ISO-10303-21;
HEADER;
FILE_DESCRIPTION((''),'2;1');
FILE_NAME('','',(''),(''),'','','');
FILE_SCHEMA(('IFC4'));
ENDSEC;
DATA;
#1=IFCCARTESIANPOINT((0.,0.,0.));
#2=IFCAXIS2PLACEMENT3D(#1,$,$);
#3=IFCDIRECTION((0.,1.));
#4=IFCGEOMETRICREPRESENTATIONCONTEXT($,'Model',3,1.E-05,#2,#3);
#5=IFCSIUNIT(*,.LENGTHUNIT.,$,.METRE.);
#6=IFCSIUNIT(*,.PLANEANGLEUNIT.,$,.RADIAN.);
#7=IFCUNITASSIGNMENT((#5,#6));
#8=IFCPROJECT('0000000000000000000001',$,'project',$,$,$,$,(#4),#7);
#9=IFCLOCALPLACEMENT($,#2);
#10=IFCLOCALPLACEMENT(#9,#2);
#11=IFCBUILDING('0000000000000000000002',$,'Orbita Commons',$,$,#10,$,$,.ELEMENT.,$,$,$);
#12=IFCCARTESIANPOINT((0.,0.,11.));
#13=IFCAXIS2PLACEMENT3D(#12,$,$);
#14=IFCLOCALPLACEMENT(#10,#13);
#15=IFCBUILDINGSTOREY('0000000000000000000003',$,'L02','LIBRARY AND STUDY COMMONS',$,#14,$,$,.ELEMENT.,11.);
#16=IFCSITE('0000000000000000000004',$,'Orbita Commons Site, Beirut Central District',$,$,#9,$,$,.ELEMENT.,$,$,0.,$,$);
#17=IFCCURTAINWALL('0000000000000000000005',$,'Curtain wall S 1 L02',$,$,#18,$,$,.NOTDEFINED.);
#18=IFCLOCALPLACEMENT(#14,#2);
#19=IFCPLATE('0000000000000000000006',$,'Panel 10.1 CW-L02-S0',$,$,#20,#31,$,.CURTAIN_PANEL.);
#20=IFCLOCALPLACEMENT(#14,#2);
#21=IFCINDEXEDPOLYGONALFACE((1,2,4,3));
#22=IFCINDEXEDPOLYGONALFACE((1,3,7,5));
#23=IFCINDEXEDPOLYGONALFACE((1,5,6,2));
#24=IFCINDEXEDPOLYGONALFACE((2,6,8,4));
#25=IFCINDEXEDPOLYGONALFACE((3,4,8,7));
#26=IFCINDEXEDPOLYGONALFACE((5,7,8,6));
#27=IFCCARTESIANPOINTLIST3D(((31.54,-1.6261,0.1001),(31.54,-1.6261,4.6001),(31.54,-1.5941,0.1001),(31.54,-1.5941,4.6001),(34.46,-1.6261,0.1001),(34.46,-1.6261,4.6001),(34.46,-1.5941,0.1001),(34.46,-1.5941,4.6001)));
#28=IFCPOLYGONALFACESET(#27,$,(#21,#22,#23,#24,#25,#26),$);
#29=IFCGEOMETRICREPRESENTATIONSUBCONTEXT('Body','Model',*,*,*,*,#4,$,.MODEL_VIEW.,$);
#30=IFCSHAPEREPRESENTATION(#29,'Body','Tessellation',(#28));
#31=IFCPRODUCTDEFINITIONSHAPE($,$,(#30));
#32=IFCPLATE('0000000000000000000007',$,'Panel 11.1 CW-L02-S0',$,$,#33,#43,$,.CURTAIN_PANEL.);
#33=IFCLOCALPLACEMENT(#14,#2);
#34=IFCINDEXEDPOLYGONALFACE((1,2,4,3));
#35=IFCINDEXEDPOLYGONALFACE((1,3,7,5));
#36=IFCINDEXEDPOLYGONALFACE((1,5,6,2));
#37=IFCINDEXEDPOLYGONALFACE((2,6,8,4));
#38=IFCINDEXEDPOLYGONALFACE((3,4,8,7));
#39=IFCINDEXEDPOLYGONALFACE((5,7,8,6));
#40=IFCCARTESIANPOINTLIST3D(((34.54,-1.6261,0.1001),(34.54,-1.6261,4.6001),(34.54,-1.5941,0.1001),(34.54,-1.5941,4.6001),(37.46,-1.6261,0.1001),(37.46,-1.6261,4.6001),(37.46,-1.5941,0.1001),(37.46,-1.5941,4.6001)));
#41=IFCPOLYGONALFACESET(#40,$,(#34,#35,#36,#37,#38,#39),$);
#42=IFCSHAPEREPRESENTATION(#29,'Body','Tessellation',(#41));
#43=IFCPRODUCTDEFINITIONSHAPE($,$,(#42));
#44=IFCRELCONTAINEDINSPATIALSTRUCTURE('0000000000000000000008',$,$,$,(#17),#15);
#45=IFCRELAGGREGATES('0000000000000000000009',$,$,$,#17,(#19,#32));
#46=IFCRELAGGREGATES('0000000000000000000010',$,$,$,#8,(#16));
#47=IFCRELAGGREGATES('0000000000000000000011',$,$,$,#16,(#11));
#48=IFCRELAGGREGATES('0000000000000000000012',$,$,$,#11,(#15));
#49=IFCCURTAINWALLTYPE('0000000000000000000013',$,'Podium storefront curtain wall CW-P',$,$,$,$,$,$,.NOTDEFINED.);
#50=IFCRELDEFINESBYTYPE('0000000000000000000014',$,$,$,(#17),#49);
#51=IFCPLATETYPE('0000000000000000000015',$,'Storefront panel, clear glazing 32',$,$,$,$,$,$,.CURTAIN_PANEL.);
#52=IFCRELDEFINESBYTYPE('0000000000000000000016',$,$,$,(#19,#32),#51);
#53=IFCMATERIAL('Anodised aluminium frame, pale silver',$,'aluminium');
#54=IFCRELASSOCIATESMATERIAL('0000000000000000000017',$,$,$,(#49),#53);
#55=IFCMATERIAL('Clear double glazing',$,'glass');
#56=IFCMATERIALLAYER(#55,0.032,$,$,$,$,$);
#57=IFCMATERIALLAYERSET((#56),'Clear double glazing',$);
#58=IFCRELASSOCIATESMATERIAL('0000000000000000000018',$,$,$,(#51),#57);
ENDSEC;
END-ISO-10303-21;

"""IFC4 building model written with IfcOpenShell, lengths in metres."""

from ifc_helpers import new_model, si_unit, direction, frame, origin, origin_2d, place, context, subcontext, project, spatial, rectangle, extrude, material, layer, layer_set, type_object, element, aggregate, save


model = new_model("IFC4")

# Units and contexts
model_context = context("Model", 3, precision=1e-05, world=origin(), true_north=direction((0.0, 1.0)))
body_context = subcontext(model_context, "Body", "Model", "MODEL_VIEW")
ifc_project = project(units=[si_unit("LENGTHUNIT", "METRE"), si_unit("PLANEANGLEUNIT", "RADIAN")], contexts=[model_context])

# Site, building, storey
site_placement = place(None, origin())
site = spatial("IfcSite", under=ifc_project, at=site_placement, Name="Orbita Commons Site, Beirut Central District", CompositionType="ELEMENT", RefElevation=0.0)
building_placement = place(site_placement, origin())
building = spatial("IfcBuilding", under=site, at=building_placement, Name="Orbita Commons", CompositionType="ELEMENT")
storey_placement = place(building_placement, frame((0.0, 0.0, 11.0)))
storey = spatial("IfcBuildingStorey", under=building, at=storey_placement, Name="L02", Description="LIBRARY AND STUDY COMMONS", CompositionType="ELEMENT", Elevation=11.0)

# Curtain wall
ifc_material_1 = material(Name="Anodised aluminium frame, pale silver", Category="aluminium")
curtain_wall_type = type_object("IfcCurtainWallType", Name="Podium storefront curtain wall CW-P", PredefinedType="NOTDEFINED", material=ifc_material_1)
curtain_wall_placement = place(storey_placement, origin())
curtain_wall = element("IfcCurtainWall", 1, at=curtain_wall_placement, inside=storey, type_object=curtain_wall_type, Name="Curtain wall S 1 L02", PredefinedType="NOTDEFINED")

# Plates
ifc_material_2 = material(Name="Clear double glazing", Category="glass")
ifc_layer = layer(ifc_material_2, 0.032)
ifc_layer_set = layer_set([ifc_layer], Name="Clear double glazing")
plate_type = type_object("IfcPlateType", Name="Storefront panel, clear glazing 32", PredefinedType="CURTAIN_PANEL", material=ifc_layer_set)
plate_1_placement = place(storey_placement, frame((33.0, -1.6101, 0.1001), z_axis=(0.0, 0.0, 1.0), x_axis=(1.0, 0.0, 0.0)))
plate_1 = element("IfcPlate", 2, at=plate_1_placement, type_object=plate_type, Name="Panel 10.1 CW-L02-S0", PredefinedType="CURTAIN_PANEL", context=body_context, shape_type="SweptSolid", body=[
    extrude(rectangle(XDim=2.9199, YDim=0.032, at=origin_2d()), origin(), (0.0, 0.0, 1.0), 4.5),
])
plate_2_placement = place(storey_placement, frame((36.0, -1.6101, 0.1001), z_axis=(0.0, 0.0, 1.0), x_axis=(1.0, 0.0, 0.0)))
plate_2 = element("IfcPlate", 3, at=plate_2_placement, type_object=plate_type, Name="Panel 11.1 CW-L02-S0", PredefinedType="CURTAIN_PANEL", context=body_context, shape_type="SweptSolid", body=[
    extrude(rectangle(XDim=2.9199, YDim=0.032, at=origin_2d()), origin(), (0.0, 0.0, 1.0), 4.5),
])
aggregate(curtain_wall, [plate_1, plate_2])

save(model, "model.ifc")
